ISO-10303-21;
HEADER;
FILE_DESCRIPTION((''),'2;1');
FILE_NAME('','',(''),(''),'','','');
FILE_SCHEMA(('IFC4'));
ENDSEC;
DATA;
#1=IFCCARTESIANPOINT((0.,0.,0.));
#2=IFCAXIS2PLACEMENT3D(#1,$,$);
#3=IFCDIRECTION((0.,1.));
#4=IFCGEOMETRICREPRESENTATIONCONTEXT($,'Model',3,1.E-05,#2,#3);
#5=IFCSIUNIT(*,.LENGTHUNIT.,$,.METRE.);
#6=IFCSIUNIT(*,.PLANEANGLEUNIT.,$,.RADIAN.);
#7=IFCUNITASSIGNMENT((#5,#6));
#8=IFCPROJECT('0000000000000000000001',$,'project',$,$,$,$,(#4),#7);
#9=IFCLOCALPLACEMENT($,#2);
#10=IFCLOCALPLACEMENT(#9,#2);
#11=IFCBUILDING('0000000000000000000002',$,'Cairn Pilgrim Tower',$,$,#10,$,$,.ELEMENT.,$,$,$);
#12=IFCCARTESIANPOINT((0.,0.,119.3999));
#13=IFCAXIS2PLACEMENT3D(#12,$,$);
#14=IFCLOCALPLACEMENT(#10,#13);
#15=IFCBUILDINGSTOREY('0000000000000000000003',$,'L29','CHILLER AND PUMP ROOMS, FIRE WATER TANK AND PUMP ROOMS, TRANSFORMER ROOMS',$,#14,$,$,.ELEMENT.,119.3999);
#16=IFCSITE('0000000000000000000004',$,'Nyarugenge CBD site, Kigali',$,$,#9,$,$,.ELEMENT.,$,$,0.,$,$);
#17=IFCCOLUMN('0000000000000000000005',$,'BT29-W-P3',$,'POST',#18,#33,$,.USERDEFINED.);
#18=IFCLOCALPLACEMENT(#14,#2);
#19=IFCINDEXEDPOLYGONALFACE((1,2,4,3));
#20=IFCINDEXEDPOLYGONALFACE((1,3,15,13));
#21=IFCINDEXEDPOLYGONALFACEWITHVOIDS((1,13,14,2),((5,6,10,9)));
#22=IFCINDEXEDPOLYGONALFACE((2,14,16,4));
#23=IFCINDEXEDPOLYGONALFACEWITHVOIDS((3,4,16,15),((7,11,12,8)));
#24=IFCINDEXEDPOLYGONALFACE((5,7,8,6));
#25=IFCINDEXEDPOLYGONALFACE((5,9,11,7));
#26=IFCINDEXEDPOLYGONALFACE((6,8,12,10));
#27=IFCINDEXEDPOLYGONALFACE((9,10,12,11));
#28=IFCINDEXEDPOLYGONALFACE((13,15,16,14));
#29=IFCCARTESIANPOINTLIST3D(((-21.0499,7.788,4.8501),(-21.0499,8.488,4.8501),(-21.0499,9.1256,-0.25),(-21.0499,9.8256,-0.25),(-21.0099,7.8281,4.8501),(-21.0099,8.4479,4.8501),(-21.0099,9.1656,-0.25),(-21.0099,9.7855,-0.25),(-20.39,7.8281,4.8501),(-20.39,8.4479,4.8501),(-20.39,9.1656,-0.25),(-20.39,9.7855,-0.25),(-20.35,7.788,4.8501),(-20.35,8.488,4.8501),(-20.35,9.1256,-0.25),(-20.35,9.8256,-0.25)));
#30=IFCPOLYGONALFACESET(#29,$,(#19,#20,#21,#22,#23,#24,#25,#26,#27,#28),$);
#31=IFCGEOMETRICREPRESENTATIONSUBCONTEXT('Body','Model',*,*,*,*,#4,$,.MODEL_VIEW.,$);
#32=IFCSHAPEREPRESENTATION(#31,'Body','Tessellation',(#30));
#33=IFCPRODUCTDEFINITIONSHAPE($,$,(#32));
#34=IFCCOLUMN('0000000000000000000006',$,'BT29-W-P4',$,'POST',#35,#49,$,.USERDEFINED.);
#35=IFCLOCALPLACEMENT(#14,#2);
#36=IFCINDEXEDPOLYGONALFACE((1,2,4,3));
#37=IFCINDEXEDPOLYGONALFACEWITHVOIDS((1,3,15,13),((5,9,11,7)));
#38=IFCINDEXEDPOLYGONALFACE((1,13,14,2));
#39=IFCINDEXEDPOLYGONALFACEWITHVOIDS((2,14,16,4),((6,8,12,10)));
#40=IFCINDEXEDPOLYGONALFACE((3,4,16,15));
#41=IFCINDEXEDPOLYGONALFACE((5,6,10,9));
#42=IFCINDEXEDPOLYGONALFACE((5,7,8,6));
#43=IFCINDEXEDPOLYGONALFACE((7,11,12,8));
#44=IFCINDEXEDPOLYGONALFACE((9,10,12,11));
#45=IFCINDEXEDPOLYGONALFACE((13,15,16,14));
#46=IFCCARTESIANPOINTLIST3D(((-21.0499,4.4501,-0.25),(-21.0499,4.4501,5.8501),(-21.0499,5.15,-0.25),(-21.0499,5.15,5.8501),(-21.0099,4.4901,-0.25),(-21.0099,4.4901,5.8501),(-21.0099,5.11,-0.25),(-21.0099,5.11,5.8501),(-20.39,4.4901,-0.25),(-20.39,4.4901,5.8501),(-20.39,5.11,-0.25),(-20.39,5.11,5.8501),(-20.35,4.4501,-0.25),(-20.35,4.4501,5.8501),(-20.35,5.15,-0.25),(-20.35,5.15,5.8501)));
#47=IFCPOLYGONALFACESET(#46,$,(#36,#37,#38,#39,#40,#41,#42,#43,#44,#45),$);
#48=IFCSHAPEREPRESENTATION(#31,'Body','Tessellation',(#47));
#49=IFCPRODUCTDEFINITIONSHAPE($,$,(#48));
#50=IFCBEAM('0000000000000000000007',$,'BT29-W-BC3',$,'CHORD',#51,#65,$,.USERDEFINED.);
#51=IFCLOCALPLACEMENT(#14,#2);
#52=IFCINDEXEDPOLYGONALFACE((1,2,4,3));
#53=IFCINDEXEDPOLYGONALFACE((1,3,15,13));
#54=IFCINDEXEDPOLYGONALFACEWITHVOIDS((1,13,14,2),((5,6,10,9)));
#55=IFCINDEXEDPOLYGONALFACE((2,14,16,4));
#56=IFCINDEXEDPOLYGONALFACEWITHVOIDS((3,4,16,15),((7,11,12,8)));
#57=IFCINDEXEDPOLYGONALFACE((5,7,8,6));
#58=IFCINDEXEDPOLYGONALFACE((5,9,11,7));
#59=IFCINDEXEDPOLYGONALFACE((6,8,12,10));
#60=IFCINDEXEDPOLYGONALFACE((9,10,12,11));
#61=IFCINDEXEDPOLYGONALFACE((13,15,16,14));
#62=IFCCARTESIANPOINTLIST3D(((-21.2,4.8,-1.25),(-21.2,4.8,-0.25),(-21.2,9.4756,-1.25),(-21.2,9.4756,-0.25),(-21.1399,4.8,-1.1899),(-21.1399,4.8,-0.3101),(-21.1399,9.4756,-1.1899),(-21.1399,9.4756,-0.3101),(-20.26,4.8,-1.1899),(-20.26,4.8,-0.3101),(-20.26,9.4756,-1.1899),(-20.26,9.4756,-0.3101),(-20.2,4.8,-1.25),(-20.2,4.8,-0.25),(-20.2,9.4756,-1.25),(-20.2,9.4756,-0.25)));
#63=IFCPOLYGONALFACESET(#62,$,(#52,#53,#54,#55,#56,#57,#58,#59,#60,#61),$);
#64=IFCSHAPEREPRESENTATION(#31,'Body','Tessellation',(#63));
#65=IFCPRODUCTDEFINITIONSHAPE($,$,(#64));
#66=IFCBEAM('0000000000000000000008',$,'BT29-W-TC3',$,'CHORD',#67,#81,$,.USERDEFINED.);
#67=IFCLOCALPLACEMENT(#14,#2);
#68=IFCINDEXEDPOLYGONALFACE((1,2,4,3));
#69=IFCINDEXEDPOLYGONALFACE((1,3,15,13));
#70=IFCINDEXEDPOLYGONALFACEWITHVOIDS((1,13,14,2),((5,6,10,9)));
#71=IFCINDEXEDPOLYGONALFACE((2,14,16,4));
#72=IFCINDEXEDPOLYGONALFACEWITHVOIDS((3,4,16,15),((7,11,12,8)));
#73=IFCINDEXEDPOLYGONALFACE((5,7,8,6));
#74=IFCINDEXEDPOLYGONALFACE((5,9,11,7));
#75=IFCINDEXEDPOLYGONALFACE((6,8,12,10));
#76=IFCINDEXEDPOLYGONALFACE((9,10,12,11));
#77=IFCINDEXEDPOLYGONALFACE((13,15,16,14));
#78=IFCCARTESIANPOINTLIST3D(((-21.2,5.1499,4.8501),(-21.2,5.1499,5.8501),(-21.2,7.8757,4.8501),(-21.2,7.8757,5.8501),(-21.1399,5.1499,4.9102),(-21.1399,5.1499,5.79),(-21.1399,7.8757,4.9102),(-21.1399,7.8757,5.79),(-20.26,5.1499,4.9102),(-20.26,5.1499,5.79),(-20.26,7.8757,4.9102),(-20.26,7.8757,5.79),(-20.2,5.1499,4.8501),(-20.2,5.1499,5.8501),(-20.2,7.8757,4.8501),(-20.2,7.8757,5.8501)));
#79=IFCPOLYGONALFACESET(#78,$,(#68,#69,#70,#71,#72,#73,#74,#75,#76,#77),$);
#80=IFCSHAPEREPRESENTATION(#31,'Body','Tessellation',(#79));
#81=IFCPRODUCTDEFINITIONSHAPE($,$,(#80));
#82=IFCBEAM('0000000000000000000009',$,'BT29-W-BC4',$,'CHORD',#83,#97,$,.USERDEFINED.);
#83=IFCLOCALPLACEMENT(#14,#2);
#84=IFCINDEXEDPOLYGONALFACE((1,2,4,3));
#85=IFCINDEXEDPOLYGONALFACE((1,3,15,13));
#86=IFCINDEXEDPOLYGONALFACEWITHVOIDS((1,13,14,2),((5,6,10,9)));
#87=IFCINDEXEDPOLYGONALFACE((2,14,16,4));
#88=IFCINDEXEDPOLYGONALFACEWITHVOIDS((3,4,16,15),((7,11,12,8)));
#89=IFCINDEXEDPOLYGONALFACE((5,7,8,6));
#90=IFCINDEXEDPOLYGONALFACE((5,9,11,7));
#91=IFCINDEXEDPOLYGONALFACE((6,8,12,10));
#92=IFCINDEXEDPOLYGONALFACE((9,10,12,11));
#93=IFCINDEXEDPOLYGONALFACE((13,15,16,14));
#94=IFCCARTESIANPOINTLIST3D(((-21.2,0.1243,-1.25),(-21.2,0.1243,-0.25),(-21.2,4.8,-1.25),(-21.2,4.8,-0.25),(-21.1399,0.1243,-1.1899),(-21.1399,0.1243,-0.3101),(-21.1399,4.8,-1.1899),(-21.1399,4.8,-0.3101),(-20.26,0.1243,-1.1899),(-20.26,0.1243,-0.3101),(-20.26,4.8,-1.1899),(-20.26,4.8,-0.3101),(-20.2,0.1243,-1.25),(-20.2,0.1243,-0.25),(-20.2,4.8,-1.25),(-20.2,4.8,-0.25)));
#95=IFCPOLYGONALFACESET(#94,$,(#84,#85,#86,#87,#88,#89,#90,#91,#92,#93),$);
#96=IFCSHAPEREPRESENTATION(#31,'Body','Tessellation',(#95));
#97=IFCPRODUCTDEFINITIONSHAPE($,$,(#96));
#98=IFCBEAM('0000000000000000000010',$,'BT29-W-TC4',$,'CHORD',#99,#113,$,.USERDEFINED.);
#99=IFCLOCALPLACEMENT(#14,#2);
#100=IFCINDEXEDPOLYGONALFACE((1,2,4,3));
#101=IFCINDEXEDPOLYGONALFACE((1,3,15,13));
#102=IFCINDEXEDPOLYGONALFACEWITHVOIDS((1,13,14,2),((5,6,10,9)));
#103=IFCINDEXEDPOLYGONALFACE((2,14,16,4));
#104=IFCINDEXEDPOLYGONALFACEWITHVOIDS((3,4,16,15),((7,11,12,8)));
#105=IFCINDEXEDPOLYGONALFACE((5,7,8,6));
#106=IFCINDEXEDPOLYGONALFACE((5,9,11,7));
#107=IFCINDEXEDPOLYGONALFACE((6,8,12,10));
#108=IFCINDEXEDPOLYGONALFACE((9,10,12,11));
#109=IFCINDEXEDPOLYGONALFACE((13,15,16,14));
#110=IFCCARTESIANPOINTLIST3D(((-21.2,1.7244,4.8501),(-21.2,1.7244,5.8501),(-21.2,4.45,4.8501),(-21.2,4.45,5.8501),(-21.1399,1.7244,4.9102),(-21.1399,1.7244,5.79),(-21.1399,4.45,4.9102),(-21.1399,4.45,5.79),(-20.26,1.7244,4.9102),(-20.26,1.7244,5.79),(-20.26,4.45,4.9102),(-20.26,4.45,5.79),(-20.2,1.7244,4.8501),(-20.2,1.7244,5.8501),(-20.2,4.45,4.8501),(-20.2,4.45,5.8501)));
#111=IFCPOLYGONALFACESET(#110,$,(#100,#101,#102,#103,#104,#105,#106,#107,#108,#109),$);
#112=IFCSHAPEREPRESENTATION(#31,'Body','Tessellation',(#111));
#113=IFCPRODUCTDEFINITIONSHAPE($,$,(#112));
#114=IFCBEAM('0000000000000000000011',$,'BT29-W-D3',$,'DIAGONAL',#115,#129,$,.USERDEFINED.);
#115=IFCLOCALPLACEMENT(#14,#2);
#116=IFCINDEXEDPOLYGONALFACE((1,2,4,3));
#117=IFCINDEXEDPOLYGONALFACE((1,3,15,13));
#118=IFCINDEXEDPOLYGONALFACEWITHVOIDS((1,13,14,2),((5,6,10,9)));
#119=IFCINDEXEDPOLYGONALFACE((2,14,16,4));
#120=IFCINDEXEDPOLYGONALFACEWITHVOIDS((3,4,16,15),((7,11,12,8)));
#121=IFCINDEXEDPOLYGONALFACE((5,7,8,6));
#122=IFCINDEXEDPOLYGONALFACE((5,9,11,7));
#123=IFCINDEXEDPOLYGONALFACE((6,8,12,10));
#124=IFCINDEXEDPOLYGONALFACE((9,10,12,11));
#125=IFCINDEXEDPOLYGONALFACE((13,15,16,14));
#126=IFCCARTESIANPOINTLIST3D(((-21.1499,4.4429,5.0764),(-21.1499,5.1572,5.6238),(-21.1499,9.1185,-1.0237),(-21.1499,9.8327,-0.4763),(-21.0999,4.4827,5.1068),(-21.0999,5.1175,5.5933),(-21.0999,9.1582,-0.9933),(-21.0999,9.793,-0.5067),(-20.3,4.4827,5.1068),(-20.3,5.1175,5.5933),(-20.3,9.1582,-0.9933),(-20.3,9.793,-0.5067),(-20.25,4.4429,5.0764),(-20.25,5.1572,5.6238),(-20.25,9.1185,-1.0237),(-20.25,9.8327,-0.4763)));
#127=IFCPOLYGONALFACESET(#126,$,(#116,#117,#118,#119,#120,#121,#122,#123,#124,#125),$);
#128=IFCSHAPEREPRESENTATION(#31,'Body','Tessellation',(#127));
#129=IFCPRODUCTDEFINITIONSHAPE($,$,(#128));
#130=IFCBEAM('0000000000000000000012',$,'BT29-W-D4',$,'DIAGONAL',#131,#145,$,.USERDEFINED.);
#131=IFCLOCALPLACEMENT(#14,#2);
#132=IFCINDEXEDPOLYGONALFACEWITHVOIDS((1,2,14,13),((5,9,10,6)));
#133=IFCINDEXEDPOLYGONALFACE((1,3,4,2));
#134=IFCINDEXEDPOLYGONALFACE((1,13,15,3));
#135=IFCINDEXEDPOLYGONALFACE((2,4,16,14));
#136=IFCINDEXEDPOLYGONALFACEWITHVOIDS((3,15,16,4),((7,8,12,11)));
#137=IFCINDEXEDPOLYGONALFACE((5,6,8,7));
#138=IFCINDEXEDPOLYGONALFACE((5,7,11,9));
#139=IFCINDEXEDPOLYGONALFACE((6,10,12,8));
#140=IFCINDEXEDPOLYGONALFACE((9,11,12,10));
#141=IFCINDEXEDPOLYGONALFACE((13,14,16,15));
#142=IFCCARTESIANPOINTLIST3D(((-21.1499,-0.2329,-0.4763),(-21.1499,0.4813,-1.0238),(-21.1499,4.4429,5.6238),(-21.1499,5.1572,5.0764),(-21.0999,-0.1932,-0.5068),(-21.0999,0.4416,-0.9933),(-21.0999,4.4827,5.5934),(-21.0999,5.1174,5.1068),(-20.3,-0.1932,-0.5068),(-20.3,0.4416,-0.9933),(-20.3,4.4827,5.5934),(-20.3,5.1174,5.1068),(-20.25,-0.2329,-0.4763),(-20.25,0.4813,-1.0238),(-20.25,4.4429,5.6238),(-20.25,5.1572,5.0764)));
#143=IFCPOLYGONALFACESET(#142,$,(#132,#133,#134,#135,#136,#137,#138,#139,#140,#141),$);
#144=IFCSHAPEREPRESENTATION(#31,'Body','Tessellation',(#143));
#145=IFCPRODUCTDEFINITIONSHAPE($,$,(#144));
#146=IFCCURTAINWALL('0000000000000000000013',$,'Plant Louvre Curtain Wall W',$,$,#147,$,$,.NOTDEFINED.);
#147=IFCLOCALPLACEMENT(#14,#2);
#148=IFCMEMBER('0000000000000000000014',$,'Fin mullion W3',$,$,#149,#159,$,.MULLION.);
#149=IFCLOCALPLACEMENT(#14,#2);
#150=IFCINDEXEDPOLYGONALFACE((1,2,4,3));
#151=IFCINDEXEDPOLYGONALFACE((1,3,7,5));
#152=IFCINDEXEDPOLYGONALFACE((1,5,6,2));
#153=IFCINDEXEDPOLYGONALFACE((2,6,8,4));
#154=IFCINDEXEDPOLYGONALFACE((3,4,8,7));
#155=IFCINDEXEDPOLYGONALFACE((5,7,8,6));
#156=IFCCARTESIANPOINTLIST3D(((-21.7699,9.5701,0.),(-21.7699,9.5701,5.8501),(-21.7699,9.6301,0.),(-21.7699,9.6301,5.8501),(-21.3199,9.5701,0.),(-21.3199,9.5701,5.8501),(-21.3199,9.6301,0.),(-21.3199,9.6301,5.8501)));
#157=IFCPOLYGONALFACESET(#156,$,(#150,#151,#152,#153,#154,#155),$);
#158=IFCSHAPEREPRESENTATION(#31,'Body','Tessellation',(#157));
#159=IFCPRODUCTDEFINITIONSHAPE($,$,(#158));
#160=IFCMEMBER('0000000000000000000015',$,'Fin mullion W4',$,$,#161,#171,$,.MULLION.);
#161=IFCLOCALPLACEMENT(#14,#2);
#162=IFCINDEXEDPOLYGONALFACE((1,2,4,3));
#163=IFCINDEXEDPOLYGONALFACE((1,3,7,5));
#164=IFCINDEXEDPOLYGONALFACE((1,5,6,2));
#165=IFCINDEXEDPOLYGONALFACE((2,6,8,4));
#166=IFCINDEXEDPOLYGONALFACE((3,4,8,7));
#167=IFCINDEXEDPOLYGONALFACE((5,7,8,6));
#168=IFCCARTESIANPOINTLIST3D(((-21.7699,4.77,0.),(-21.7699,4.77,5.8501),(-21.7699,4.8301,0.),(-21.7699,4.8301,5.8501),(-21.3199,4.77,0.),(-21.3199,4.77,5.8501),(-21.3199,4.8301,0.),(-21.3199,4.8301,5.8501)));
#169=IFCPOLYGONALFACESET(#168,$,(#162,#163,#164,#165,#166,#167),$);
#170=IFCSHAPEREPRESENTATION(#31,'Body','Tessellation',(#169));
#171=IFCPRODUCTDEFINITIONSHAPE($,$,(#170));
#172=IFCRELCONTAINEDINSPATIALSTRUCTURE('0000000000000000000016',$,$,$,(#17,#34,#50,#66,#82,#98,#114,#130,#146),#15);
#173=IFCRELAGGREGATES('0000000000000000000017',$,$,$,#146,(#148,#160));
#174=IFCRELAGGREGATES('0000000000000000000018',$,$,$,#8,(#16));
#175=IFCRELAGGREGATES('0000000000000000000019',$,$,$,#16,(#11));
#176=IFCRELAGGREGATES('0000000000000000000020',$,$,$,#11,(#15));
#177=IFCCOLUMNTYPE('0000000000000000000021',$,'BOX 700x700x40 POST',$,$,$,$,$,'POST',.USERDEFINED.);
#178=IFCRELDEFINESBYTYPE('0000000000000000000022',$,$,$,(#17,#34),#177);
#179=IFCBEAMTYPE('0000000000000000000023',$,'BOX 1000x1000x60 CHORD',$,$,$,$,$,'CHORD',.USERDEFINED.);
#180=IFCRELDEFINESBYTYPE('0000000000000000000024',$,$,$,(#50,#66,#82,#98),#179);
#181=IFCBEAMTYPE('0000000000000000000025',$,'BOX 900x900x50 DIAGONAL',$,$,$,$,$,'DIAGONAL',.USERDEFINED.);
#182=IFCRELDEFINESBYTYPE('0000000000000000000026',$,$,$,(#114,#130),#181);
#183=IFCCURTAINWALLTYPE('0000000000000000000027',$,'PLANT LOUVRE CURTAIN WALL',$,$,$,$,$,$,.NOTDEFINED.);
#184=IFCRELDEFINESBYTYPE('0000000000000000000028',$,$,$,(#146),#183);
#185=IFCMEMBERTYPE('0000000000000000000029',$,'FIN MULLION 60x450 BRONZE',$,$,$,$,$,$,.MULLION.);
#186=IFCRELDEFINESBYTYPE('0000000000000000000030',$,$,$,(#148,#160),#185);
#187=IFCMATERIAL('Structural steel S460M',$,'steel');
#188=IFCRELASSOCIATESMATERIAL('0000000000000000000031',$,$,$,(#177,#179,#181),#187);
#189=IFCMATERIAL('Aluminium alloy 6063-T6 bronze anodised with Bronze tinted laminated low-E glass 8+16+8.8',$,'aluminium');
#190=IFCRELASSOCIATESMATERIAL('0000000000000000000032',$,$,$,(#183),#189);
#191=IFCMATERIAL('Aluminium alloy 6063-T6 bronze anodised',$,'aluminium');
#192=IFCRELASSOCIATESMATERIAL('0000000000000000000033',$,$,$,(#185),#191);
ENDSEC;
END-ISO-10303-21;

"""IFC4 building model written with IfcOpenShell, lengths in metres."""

from ifc_helpers import new_model, si_unit, direction, frame, origin, origin_2d, place, context, subcontext, project, spatial, rectangle, hollow_rectangle, extrude, clip, halfspace, material, material_profile, profile_set, type_object, element, aggregate, save


model = new_model("IFC4")

# Units and contexts
model_context = context("Model", 3, precision=1e-05, world=origin(), true_north=direction((0.0, 1.0)))
body_context = subcontext(model_context, "Body", "Model", "MODEL_VIEW")
ifc_project = project(units=[si_unit("LENGTHUNIT", "METRE"), si_unit("PLANEANGLEUNIT", "RADIAN")], contexts=[model_context])

# Site, building, storey
site_placement = place(None, origin())
site = spatial("IfcSite", under=ifc_project, at=site_placement, Name="Nyarugenge CBD site, Kigali", CompositionType="ELEMENT", RefElevation=0.0)
building_placement = place(site_placement, origin())
building = spatial("IfcBuilding", under=site, at=building_placement, Name="Cairn Pilgrim Tower", CompositionType="ELEMENT")
storey_placement = place(building_placement, frame((0.0, 0.0, 119.3999)))
storey = spatial("IfcBuildingStorey", under=building, at=storey_placement, Name="L29", Description="CHILLER AND PUMP ROOMS, FIRE WATER TANK AND PUMP ROOMS, TRANSFORMER ROOMS", CompositionType="ELEMENT", Elevation=119.3999)

# Columns
ifc_material_1 = material(Name="Structural steel S460M", Category="steel")
ifc_material_profile_1 = material_profile(ifc_material_1, hollow_rectangle(XDim=0.7, YDim=0.7, WallThickness=0.04, at=origin_2d()), Name="BOX 700x700x40")
ifc_profile_set_1 = profile_set([ifc_material_profile_1], Name="Structural steel S460M")
column_type = type_object("IfcColumnType", Name="BOX 700x700x40 POST", ElementType="POST", PredefinedType="USERDEFINED", material=ifc_profile_set_1)
column_1_placement = place(storey_placement, frame((-20.7, 9.4756, -0.25), z_axis=(0.0, 0.0, 1.0), x_axis=(1.0, 0.0, 0.0)))
element("IfcColumn", 1, at=column_1_placement, inside=storey, type_object=column_type, Name="BT29-W-P3", ObjectType="POST", PredefinedType="USERDEFINED", context=body_context, shape_type="Clipping", body=[
    clip(extrude(hollow_rectangle(XDim=0.7, YDim=0.7, WallThickness=0.04, at=origin_2d()), origin(), (0.0, -0.253687, 0.967286), 6.3064), halfspace(frame((0.0, 0.0, 5.1001), z_axis=(0.0, 0.0, 1.0), x_axis=(1.0, 0.0, 0.0)), False)),
])
column_2_placement = place(storey_placement, frame((-20.7, 4.8, -0.25), z_axis=(0.0, 0.0, 1.0), x_axis=(1.0, 0.0, 0.0)))
element("IfcColumn", 2, at=column_2_placement, inside=storey, type_object=column_type, Name="BT29-W-P4", ObjectType="POST", PredefinedType="USERDEFINED", context=body_context, shape_type="SweptSolid", body=[
    extrude(hollow_rectangle(XDim=0.7, YDim=0.7, WallThickness=0.04, at=origin_2d()), origin(), (0.0, 0.0, 1.0), 6.1001),
])

# Beams
ifc_material_profile_2 = material_profile(ifc_material_1, hollow_rectangle(XDim=1.0, YDim=1.0, WallThickness=0.0601, at=origin_2d()), Name="BOX 1000x1000x60")
ifc_profile_set_2 = profile_set([ifc_material_profile_2], Name="Structural steel S460M")
beam_type_1 = type_object("IfcBeamType", Name="BOX 1000x1000x60 CHORD", ElementType="CHORD", PredefinedType="USERDEFINED", material=ifc_profile_set_2)
beam_1_placement = place(storey_placement, frame((-20.7, 9.4756, -0.75), z_axis=(0.0, -1.0, 0.0), x_axis=(1.0, 0.0, 0.0)))
element("IfcBeam", 3, at=beam_1_placement, inside=storey, type_object=beam_type_1, Name="BT29-W-BC3", ObjectType="CHORD", PredefinedType="USERDEFINED", context=body_context, shape_type="SweptSolid", body=[
    extrude(hollow_rectangle(XDim=1.0, YDim=1.0, WallThickness=0.0601, at=origin_2d()), origin(), (0.0, 0.0, 1.0), 4.6755),
])
beam_2_placement = place(storey_placement, frame((-20.7, 7.8757, 5.3501), z_axis=(0.0, -1.0, 0.0), x_axis=(1.0, 0.0, 0.0)))
element("IfcBeam", 4, at=beam_2_placement, inside=storey, type_object=beam_type_1, Name="BT29-W-TC3", ObjectType="CHORD", PredefinedType="USERDEFINED", context=body_context, shape_type="SweptSolid", body=[
    extrude(hollow_rectangle(XDim=1.0, YDim=1.0, WallThickness=0.0601, at=origin_2d()), origin(), (0.0, 0.0, 1.0), 2.7258),
])
beam_3_placement = place(storey_placement, frame((-20.7, 4.8, -0.75), z_axis=(0.0, -1.0, 0.0), x_axis=(1.0, 0.0, 0.0)))
element("IfcBeam", 5, at=beam_3_placement, inside=storey, type_object=beam_type_1, Name="BT29-W-BC4", ObjectType="CHORD", PredefinedType="USERDEFINED", context=body_context, shape_type="SweptSolid", body=[
    extrude(hollow_rectangle(XDim=1.0, YDim=1.0, WallThickness=0.0601, at=origin_2d()), origin(), (0.0, 0.0, 1.0), 4.6758),
])
beam_4_placement = place(storey_placement, frame((-20.7, 4.45, 5.3501), z_axis=(0.0, -1.0, 0.0), x_axis=(1.0, 0.0, 0.0)))
element("IfcBeam", 6, at=beam_4_placement, inside=storey, type_object=beam_type_1, Name="BT29-W-TC4", ObjectType="CHORD", PredefinedType="USERDEFINED", context=body_context, shape_type="SweptSolid", body=[
    extrude(hollow_rectangle(XDim=1.0, YDim=1.0, WallThickness=0.0601, at=origin_2d()), origin(), (0.0, 0.0, 1.0), 2.7256),
])
ifc_material_profile_3 = material_profile(ifc_material_1, hollow_rectangle(XDim=0.8999, YDim=0.8999, WallThickness=0.05, at=origin_2d()), Name="BOX 900x900x50")
ifc_profile_set_3 = profile_set([ifc_material_profile_3], Name="Structural steel S460M")
beam_type_2 = type_object("IfcBeamType", Name="BOX 900x900x50 DIAGONAL", ElementType="DIAGONAL", PredefinedType="USERDEFINED", material=ifc_profile_set_3)
beam_5_placement = place(storey_placement, frame((-20.7, 9.4756, -0.75), z_axis=(0.0, -0.608333, 0.793682), x_axis=(1.0, 0.0, 0.0)))
element("IfcBeam", 7, at=beam_5_placement, inside=storey, type_object=beam_type_2, Name="BT29-W-D3", ObjectType="DIAGONAL", PredefinedType="USERDEFINED", context=body_context, shape_type="SweptSolid", body=[
    extrude(hollow_rectangle(XDim=0.8999, YDim=0.8999, WallThickness=0.05, at=origin_2d()), origin(), (0.0, 0.0, 1.0), 7.6858),
])
beam_6_placement = place(storey_placement, frame((-20.7, 4.8, 5.3501), z_axis=(0.0, -0.608353, -0.793667), x_axis=(1.0, 0.0, 0.0)))
element("IfcBeam", 8, at=beam_6_placement, inside=storey, type_object=beam_type_2, Name="BT29-W-D4", ObjectType="DIAGONAL", PredefinedType="USERDEFINED", context=body_context, shape_type="SweptSolid", body=[
    extrude(hollow_rectangle(XDim=0.8999, YDim=0.8999, WallThickness=0.05, at=origin_2d()), origin(), (0.0, 0.0, 1.0), 7.686),
])

# Curtain wall, members
ifc_material_2 = material(Name="Aluminium alloy 6063-T6 bronze anodised with Bronze tinted laminated low-E glass 8+16+8.8", Category="aluminium")
curtain_wall_type = type_object("IfcCurtainWallType", Name="PLANT LOUVRE CURTAIN WALL", PredefinedType="NOTDEFINED", material=ifc_material_2)
curtain_wall_placement = place(storey_placement, origin())
curtain_wall = element("IfcCurtainWall", 9, at=curtain_wall_placement, inside=storey, type_object=curtain_wall_type, Name="Plant Louvre Curtain Wall W", PredefinedType="NOTDEFINED")
ifc_material_3 = material(Name="Aluminium alloy 6063-T6 bronze anodised", Category="aluminium")
ifc_material_profile_4 = material_profile(ifc_material_3, rectangle(XDim=0.45, YDim=0.0601, at=origin_2d()), Name="FIN MULLION 60x450 BRONZE")
ifc_profile_set_4 = profile_set([ifc_material_profile_4], Name="Aluminium alloy 6063-T6 bronze anodised")
member_type_1 = type_object("IfcMemberType", Name="FIN MULLION 60x450 BRONZE", PredefinedType="MULLION", material=ifc_profile_set_4)
member_1_placement = place(storey_placement, frame((-21.5449, 9.6001, 0.0), z_axis=(0.0, 0.0, 1.0), x_axis=(-1.0, 0.0, 0.0)))
member_1 = element("IfcMember", 10, at=member_1_placement, type_object=member_type_1, Name="Fin mullion W3", PredefinedType="MULLION", context=body_context, shape_type="SweptSolid", body=[
    extrude(rectangle(XDim=0.45, YDim=0.0601, at=origin_2d()), origin(), (0.0, 0.0, 1.0), 5.8501),
])
member_2_placement = place(storey_placement, frame((-21.5449, 4.8, 0.0), z_axis=(0.0, 0.0, 1.0), x_axis=(-1.0, 0.0, 0.0)))
member_2 = element("IfcMember", 11, at=member_2_placement, type_object=member_type_1, Name="Fin mullion W4", PredefinedType="MULLION", context=body_context, shape_type="SweptSolid", body=[
    extrude(rectangle(XDim=0.45, YDim=0.0601, at=origin_2d()), origin(), (0.0, 0.0, 1.0), 5.8501),
])

aggregate(curtain_wall, [member_1, member_2])

save(model, "model.ifc")
